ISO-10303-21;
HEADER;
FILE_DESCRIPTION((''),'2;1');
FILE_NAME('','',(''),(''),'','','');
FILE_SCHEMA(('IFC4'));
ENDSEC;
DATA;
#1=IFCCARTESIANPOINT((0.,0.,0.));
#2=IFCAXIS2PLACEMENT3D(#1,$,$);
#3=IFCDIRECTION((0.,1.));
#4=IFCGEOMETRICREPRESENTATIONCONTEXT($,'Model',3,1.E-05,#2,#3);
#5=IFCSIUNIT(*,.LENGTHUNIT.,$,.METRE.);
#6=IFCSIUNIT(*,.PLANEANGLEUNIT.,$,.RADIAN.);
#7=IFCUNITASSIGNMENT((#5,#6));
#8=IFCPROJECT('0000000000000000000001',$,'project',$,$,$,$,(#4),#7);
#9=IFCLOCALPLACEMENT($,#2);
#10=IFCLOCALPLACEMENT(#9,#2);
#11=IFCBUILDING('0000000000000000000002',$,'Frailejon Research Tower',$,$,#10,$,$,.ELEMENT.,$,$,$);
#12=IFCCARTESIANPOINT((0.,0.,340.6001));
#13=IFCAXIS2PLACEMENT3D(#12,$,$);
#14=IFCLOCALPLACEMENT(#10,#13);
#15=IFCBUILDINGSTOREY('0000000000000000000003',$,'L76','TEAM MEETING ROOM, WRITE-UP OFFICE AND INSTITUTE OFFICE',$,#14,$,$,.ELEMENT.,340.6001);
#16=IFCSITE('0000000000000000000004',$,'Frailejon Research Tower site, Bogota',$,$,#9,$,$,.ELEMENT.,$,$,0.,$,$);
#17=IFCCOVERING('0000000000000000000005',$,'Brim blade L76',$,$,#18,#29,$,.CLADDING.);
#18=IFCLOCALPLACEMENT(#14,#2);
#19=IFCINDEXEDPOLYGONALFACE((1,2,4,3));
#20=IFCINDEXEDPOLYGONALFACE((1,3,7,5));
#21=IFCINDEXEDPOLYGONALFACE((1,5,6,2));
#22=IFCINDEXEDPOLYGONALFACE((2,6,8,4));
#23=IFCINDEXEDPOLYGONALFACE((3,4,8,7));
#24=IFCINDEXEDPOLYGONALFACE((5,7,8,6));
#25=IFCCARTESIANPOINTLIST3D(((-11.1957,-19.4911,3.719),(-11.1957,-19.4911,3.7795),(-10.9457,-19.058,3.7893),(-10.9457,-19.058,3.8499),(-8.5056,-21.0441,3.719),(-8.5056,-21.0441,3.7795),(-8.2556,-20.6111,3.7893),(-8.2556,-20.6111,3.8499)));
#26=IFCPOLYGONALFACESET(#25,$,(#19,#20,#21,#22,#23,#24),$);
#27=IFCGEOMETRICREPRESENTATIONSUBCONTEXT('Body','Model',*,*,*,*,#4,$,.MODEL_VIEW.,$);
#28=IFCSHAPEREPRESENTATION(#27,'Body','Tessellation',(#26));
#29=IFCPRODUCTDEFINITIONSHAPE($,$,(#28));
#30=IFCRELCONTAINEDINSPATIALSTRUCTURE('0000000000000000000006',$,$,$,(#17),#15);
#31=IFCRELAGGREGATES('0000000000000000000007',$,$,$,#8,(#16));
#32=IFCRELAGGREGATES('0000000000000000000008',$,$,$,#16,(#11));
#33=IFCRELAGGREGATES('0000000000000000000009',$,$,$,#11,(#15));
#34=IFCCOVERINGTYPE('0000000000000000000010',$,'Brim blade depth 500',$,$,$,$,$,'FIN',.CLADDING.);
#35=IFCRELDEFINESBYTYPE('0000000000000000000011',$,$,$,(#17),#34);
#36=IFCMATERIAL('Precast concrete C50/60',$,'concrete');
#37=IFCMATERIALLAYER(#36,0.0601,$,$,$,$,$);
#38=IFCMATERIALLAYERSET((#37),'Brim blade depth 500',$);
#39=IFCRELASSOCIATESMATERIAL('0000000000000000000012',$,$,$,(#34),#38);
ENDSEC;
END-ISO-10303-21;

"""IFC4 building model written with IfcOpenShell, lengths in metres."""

from ifc_helpers import new_model, si_unit, direction, frame, origin, place, context, subcontext, project, spatial, polyline, outline, extrude, material, layer, layer_set, type_object, element, save


model = new_model("IFC4")

# Units and contexts
model_context = context("Model", 3, precision=1e-05, world=origin(), true_north=direction((0.0, 1.0)))
body_context = subcontext(model_context, "Body", "Model", "MODEL_VIEW")
ifc_project = project(units=[si_unit("LENGTHUNIT", "METRE"), si_unit("PLANEANGLEUNIT", "RADIAN")], contexts=[model_context])

# Site, building, storey
site_placement = place(None, origin())
site = spatial("IfcSite", under=ifc_project, at=site_placement, Name="Frailejon Research Tower site, Bogota", CompositionType="ELEMENT", RefElevation=0.0)
building_placement = place(site_placement, origin())
building = spatial("IfcBuilding", under=site, at=building_placement, Name="Frailejon Research Tower", CompositionType="ELEMENT")
storey_placement = place(building_placement, frame((0.0, 0.0, 340.6001)))
storey = spatial("IfcBuildingStorey", under=building, at=storey_placement, Name="L76", Description="TEAM MEETING ROOM, WRITE-UP OFFICE AND INSTITUTE OFFICE", CompositionType="ELEMENT", Elevation=340.6001)

# Covering
ifc_material_1 = material(Name="Precast concrete C50/60", Category="concrete")
ifc_layer_1 = layer(ifc_material_1, 0.0601)
ifc_layer_set_1 = layer_set([ifc_layer_1], Name="Brim blade depth 500")
covering_type_1 = type_object("IfcCoveringType", Name="Brim blade depth 500", ElementType="FIN", PredefinedType="CLADDING", material=ifc_layer_set_1)
covering_placement = place(storey_placement, frame((-8.2556, -20.6111, 3.8499), z_axis=(-0.866035, 0.499983, 0.0), x_axis=(-0.499983, -0.866035, 0.0)))
element("IfcCovering", 1, at=covering_placement, inside=storey, type_object=covering_type_1, Name="Brim blade L76", PredefinedType="CLADDING", context=body_context, shape_type="SweptSolid", body=[
    extrude(outline(polyline([(0.0, -0.0605), (0.5, -0.1309), (0.5, -0.0703), (0.0, 0.0), (0.0, -0.0605)])), origin(), (0.0, 0.0, 1.0), 3.1062),
])

save(model, "model.ifc")
